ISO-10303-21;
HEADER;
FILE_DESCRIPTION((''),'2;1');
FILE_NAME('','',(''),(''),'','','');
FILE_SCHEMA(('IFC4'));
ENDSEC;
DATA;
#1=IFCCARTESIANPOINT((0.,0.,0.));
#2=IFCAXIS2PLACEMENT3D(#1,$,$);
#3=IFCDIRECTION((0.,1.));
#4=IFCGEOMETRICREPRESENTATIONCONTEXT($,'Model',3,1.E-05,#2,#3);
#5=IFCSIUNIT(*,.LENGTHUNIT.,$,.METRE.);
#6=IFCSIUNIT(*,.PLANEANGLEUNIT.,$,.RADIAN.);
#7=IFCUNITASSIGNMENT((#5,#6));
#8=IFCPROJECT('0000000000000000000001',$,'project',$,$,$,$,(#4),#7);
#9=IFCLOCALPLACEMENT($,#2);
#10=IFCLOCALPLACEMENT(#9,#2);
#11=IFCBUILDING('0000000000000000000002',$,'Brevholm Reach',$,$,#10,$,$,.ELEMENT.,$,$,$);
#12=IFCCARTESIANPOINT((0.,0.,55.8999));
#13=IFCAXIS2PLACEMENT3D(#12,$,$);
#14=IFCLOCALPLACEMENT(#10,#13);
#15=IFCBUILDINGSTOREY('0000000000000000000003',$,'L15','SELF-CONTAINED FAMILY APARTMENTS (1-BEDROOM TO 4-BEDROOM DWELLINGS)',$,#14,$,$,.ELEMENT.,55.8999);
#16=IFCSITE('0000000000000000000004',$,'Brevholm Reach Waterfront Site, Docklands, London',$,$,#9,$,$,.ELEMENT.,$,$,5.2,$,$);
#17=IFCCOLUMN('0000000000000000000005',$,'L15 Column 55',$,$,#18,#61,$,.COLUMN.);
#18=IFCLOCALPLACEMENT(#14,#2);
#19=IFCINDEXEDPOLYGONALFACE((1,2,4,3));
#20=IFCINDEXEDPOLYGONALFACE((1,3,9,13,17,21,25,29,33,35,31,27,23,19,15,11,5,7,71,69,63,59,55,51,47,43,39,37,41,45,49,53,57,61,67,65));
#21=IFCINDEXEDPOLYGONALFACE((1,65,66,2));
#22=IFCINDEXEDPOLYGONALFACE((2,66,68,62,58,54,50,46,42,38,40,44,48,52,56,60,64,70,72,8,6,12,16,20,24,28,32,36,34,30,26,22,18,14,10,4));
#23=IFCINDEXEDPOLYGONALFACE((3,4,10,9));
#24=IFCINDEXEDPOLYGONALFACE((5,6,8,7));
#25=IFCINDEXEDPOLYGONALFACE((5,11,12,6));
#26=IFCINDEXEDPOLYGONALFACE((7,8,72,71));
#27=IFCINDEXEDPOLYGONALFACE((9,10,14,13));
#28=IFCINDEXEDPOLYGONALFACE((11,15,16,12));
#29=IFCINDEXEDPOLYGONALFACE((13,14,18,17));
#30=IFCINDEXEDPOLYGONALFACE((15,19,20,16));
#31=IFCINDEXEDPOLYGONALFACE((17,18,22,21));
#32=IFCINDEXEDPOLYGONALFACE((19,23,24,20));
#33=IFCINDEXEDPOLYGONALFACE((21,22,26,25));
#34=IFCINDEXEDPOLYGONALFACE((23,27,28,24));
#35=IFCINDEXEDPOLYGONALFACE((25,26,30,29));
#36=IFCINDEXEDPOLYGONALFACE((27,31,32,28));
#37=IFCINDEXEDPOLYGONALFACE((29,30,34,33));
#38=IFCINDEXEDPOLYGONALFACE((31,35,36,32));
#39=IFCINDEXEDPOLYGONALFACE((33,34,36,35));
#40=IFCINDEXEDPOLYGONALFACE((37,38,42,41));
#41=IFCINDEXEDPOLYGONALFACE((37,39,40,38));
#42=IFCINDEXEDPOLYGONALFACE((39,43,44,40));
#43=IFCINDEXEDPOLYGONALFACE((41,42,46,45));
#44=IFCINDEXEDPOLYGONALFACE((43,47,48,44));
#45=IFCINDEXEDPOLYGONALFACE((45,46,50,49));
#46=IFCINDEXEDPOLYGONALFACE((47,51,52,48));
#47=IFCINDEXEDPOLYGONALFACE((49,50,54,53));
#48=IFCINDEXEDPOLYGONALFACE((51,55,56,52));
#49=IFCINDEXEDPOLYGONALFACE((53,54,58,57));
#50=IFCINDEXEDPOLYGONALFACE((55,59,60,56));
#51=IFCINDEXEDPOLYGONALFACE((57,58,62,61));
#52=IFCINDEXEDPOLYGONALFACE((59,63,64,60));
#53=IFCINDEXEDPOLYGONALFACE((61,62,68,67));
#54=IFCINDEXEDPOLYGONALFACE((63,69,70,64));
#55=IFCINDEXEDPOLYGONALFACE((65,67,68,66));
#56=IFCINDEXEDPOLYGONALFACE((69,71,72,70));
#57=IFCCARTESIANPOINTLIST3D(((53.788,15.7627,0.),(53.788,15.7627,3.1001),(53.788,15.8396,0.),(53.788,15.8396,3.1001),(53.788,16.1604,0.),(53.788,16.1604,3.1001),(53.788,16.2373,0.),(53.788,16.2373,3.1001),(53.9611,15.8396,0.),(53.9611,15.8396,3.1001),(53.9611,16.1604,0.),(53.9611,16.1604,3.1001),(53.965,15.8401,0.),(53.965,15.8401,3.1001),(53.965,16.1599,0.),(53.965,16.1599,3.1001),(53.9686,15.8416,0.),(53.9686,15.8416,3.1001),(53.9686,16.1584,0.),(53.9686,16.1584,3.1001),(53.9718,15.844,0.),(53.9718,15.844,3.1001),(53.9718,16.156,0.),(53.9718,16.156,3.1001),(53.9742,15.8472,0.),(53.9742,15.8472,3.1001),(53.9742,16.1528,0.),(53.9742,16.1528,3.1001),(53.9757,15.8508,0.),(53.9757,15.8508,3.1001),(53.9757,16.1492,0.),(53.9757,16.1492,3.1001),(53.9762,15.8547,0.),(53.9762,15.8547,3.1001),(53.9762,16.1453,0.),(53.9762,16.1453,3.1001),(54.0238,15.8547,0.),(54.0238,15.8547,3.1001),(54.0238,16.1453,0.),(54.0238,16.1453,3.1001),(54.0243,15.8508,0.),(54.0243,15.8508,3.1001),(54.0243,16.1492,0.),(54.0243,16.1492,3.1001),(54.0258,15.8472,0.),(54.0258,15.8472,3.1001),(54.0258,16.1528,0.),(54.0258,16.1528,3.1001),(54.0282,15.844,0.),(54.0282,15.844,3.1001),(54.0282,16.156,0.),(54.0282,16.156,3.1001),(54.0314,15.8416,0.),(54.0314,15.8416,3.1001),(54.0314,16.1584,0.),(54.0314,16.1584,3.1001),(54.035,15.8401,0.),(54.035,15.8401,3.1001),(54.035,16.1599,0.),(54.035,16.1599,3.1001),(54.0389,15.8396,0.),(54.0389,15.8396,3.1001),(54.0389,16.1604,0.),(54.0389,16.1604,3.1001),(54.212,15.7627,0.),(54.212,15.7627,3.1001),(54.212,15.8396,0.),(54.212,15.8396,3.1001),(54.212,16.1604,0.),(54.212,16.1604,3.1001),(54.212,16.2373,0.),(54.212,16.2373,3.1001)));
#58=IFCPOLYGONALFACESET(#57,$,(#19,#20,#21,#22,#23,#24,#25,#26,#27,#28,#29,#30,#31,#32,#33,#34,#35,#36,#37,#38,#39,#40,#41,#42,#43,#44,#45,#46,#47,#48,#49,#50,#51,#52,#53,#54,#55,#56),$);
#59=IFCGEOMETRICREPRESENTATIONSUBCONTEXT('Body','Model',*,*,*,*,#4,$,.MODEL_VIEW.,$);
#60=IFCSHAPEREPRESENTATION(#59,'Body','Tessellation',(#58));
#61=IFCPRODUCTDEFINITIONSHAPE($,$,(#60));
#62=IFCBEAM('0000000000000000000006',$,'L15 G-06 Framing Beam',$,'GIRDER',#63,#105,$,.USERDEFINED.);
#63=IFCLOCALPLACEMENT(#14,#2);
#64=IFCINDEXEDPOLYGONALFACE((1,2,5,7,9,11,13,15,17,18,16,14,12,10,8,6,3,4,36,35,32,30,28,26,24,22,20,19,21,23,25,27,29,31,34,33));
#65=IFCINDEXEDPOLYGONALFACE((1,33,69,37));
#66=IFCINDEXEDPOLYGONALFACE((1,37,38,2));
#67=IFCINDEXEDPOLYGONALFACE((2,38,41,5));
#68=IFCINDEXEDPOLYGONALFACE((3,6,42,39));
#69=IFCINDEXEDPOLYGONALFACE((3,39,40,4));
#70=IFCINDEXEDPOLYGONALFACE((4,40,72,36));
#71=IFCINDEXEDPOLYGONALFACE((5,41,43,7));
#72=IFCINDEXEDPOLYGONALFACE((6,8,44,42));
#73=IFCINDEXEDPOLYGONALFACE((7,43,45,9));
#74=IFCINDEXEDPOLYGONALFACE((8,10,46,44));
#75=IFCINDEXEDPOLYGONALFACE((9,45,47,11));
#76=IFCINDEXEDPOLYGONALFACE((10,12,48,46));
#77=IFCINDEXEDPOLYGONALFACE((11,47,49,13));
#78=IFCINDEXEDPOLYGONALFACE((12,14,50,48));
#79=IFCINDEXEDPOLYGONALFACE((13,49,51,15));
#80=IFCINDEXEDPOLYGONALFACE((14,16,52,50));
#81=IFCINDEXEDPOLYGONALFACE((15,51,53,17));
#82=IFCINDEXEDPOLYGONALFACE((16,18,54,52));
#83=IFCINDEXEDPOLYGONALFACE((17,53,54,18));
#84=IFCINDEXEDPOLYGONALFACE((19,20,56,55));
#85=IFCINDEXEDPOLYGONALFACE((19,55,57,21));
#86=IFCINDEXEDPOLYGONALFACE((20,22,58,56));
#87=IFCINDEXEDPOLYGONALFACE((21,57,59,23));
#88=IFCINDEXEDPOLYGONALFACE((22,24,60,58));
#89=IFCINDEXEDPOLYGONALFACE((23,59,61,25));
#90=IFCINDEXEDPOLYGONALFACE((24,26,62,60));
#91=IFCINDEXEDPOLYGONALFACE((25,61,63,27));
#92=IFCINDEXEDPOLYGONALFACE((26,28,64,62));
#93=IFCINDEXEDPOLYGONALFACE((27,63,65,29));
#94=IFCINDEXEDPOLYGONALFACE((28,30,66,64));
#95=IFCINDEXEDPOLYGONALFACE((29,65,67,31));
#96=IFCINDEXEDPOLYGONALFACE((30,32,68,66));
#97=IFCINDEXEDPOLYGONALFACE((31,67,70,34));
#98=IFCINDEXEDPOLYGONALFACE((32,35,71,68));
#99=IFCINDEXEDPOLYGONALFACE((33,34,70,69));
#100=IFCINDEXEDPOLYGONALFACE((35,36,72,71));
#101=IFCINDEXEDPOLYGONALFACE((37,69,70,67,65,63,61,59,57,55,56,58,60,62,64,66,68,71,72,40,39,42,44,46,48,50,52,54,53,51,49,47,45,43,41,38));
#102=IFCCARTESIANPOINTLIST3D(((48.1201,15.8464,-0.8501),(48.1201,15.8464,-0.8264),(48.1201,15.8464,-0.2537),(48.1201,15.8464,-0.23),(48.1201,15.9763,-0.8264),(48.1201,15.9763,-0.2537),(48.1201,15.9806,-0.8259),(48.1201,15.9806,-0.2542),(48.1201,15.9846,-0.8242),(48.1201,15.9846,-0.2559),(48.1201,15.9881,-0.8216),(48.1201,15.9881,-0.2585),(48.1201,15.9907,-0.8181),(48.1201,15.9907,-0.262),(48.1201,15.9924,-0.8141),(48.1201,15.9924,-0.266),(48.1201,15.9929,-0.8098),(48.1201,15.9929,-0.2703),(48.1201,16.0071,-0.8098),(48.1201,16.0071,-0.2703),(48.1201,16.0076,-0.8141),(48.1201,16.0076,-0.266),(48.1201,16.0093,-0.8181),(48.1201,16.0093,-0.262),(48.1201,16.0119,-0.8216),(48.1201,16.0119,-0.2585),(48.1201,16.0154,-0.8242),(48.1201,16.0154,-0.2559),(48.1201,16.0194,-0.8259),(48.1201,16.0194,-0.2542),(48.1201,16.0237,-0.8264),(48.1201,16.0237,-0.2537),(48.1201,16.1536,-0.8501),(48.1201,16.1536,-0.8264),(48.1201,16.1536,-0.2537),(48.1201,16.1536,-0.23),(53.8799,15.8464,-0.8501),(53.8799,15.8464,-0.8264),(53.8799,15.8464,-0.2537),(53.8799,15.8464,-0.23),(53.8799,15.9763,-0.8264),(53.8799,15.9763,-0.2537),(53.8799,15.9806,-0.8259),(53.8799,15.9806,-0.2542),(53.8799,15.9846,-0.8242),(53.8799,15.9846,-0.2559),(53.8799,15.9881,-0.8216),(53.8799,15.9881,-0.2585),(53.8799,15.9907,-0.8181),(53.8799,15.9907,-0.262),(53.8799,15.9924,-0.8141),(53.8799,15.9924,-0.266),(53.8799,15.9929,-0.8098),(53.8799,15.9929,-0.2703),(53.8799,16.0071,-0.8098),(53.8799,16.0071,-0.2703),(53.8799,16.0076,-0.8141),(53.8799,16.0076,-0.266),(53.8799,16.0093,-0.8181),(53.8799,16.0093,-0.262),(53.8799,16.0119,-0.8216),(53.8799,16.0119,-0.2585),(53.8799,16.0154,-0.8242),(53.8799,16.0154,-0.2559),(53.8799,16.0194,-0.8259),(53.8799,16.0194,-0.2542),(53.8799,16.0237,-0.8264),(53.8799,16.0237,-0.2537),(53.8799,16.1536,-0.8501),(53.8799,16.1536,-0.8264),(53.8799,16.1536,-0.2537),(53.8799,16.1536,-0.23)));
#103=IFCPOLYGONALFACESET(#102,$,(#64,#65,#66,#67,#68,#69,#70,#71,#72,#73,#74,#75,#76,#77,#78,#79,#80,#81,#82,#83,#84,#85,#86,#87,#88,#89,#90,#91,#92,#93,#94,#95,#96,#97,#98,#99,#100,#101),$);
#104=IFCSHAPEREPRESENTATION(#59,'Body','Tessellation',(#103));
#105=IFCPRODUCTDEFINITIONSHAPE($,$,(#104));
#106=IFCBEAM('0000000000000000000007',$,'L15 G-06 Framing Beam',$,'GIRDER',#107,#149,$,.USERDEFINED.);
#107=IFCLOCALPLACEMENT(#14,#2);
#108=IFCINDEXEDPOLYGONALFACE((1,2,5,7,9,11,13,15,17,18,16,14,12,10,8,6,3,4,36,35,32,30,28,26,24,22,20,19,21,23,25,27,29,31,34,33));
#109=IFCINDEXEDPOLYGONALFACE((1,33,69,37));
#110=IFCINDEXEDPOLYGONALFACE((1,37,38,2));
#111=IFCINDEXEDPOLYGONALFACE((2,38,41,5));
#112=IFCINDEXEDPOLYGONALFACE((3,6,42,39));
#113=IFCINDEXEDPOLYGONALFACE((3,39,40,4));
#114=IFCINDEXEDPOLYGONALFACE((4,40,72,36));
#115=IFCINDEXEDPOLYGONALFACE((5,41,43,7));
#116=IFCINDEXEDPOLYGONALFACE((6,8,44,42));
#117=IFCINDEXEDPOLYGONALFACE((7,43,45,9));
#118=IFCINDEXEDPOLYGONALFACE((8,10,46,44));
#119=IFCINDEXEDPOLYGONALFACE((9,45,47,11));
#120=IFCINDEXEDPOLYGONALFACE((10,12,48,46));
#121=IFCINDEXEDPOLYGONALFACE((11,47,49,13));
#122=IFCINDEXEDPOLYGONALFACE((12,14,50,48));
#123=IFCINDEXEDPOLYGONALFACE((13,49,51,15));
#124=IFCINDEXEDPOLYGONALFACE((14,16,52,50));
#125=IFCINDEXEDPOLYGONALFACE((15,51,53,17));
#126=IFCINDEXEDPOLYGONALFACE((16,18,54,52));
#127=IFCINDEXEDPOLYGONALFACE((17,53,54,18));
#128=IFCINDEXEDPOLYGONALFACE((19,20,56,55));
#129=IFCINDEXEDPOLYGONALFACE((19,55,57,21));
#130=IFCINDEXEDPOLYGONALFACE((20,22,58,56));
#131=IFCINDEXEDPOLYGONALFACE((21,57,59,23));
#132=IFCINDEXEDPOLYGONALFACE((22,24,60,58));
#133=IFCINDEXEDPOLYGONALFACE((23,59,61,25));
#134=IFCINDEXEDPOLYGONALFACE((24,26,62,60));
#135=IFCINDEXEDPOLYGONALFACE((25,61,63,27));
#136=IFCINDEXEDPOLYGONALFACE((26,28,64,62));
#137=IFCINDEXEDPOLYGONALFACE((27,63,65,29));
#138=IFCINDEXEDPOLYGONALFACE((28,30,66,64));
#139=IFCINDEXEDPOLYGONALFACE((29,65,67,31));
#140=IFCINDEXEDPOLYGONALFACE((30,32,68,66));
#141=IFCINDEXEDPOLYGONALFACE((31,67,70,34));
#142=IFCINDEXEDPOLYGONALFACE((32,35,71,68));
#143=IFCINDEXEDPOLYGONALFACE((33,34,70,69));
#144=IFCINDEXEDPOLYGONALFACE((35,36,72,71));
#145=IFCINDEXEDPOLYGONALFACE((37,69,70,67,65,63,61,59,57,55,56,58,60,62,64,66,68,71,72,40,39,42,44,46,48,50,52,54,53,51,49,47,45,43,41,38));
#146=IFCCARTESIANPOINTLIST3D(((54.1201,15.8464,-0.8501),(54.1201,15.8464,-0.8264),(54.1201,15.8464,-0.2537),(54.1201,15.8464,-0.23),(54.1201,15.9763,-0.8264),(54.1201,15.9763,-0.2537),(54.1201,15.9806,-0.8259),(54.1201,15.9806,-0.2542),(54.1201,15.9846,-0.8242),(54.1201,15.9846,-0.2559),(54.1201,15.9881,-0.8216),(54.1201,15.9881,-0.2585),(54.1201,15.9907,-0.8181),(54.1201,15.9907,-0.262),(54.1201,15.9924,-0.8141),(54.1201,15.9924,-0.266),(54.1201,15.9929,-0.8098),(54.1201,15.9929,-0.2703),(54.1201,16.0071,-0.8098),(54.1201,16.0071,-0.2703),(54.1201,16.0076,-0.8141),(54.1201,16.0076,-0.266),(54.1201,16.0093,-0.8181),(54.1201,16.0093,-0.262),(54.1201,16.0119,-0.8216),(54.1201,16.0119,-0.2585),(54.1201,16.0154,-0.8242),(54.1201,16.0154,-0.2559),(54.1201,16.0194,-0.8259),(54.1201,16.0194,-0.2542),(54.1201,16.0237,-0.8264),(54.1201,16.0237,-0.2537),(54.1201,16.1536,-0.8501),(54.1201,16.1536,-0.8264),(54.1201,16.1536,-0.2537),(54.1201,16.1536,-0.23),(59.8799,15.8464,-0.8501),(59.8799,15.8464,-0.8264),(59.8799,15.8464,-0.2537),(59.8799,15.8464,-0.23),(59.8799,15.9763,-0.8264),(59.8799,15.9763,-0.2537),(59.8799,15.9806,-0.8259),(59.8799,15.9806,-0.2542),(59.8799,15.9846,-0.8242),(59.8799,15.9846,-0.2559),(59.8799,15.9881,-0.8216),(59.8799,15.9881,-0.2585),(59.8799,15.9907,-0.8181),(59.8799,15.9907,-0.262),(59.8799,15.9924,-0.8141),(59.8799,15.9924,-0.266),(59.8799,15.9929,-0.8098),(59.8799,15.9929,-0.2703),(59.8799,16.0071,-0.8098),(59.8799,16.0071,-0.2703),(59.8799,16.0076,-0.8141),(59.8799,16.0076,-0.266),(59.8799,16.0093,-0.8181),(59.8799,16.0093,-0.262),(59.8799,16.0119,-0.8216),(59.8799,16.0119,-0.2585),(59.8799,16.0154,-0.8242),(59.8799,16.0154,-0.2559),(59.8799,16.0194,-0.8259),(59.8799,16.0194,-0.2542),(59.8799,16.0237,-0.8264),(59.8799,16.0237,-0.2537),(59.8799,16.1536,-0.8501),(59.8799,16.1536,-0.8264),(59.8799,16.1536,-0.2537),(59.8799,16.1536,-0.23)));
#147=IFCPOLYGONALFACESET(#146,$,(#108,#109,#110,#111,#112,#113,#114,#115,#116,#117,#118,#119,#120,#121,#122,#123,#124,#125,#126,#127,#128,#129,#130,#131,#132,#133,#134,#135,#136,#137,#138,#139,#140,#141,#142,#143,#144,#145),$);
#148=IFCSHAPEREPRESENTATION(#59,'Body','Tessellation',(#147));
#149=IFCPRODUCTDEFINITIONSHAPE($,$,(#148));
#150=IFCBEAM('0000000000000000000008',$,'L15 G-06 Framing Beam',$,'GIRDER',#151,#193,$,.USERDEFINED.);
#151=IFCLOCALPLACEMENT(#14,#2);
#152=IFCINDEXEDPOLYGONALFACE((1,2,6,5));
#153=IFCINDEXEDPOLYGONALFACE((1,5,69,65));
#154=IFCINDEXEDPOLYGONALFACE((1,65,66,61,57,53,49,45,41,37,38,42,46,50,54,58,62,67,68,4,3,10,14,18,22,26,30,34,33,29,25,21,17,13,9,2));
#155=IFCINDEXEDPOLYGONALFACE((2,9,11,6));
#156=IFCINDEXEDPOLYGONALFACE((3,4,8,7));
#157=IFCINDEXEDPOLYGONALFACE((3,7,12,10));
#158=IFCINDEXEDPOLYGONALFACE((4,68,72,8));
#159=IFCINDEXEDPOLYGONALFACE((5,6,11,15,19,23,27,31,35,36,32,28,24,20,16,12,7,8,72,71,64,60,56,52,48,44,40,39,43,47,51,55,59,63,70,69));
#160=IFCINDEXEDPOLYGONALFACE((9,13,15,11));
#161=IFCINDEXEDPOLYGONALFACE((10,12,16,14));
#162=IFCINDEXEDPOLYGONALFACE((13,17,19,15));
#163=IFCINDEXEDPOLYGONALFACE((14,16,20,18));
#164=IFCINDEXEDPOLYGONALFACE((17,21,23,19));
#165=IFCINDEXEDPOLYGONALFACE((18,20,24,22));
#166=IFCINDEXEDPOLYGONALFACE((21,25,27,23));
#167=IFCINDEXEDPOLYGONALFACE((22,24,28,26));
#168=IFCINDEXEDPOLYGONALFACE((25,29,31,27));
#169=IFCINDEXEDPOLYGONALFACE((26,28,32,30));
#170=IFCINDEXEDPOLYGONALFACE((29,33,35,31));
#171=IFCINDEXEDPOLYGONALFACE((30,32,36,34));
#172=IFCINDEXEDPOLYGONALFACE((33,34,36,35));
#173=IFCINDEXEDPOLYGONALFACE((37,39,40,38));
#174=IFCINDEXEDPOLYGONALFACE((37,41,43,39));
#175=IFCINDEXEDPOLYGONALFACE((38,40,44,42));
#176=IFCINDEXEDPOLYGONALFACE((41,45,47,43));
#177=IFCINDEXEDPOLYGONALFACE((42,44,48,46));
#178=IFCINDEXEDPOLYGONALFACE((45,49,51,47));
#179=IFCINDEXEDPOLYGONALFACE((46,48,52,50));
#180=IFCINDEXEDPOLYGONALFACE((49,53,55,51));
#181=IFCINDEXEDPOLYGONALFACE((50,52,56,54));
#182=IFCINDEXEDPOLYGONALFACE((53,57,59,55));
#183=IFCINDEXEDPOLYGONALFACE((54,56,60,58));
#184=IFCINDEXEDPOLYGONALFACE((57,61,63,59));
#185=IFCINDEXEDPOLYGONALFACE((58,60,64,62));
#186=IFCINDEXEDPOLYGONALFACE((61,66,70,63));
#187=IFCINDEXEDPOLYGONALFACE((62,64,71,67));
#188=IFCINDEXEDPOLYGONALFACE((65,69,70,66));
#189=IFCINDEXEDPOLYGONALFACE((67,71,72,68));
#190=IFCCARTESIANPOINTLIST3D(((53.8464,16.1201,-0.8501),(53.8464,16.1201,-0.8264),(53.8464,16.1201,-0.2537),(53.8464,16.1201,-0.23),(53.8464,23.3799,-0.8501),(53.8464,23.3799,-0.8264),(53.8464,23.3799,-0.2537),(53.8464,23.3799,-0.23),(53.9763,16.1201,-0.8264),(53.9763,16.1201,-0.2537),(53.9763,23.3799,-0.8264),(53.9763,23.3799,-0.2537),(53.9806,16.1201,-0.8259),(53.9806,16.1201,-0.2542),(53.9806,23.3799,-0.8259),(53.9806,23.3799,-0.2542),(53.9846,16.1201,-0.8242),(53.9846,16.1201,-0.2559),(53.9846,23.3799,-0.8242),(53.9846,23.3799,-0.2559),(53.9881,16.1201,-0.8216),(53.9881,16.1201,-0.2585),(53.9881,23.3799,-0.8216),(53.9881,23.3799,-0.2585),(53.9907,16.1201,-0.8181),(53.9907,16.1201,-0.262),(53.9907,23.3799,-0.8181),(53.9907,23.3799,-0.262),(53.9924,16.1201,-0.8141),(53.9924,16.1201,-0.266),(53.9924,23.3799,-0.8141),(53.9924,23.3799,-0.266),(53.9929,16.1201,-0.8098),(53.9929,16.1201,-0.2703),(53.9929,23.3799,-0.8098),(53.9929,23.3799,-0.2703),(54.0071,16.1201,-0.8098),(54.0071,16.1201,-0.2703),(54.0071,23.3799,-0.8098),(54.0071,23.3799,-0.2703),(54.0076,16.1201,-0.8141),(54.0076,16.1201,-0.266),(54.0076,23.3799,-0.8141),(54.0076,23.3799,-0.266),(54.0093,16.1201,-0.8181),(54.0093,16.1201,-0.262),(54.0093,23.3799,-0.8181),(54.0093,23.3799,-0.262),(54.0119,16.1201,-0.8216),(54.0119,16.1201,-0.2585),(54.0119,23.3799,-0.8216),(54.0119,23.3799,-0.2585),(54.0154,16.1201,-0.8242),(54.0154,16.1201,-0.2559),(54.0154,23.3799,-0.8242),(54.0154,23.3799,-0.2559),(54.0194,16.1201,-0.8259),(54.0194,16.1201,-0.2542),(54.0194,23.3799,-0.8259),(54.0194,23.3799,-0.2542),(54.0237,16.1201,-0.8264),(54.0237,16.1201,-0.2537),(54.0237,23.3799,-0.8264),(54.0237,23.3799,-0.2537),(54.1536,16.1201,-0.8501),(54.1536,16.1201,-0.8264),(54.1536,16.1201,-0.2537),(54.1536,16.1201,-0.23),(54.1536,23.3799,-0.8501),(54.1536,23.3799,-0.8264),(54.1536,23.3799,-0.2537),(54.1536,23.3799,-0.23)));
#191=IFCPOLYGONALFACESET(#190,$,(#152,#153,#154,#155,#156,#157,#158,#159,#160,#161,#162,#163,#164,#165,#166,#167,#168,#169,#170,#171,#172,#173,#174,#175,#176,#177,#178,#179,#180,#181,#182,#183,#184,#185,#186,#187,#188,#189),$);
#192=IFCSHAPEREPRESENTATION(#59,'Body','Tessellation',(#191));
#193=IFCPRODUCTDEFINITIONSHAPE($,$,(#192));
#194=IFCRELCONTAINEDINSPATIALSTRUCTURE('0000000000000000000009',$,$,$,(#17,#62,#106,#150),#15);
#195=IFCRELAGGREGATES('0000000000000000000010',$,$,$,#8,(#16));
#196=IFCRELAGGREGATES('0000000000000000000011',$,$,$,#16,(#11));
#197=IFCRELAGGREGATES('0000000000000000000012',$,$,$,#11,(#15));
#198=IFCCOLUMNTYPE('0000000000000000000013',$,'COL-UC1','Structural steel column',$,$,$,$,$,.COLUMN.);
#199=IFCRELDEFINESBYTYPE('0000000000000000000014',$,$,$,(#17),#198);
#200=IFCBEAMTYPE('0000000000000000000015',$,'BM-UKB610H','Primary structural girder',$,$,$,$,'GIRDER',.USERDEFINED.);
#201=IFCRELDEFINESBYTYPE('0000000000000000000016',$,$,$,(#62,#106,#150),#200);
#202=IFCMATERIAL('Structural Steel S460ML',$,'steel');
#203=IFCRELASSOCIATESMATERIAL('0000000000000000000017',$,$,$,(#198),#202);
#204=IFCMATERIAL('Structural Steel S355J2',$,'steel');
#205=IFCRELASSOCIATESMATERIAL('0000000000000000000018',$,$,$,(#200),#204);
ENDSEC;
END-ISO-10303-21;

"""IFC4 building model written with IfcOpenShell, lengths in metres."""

from ifc_helpers import new_model, si_unit, direction, frame, origin, origin_2d, place, context, subcontext, project, spatial, i_section, extrude, material, material_profile, profile_set, type_object, element, save


model = new_model("IFC4")

# Units and contexts
model_context = context("Model", 3, precision=1e-05, world=origin(), true_north=direction((0.0, 1.0)))
body_context = subcontext(model_context, "Body", "Model", "MODEL_VIEW")
ifc_project = project(units=[si_unit("LENGTHUNIT", "METRE"), si_unit("PLANEANGLEUNIT", "RADIAN")], contexts=[model_context])

# Site, building, storey
site_placement = place(None, origin())
site = spatial("IfcSite", under=ifc_project, at=site_placement, Name="Brevholm Reach Waterfront Site, Docklands, London", CompositionType="ELEMENT", RefElevation=5.2)
building_placement = place(site_placement, origin())
building = spatial("IfcBuilding", under=site, at=building_placement, Name="Brevholm Reach", CompositionType="ELEMENT")
storey_placement = place(building_placement, frame((0.0, 0.0, 55.8999)))
storey = spatial("IfcBuildingStorey", under=building, at=storey_placement, Name="L15", Description="SELF-CONTAINED FAMILY APARTMENTS (1-BEDROOM TO 4-BEDROOM DWELLINGS)", CompositionType="ELEMENT", Elevation=55.8999)

# Column
ifc_material_1 = material(Name="Structural Steel S460ML", Category="steel")
ifc_material_profile_1 = material_profile(ifc_material_1, i_section(OverallWidth=0.4241, OverallDepth=0.4746, WebThickness=0.0476, FlangeThickness=0.0769, FilletRadius=0.0151, at=origin_2d()), Name="UKC 356x406x634")
ifc_profile_set_1 = profile_set([ifc_material_profile_1], Name="Structural Steel S460ML")
column_type = type_object("IfcColumnType", Name="COL-UC1", Description="Structural steel column", PredefinedType="COLUMN", material=ifc_profile_set_1)
column_placement = place(storey_placement, frame((54.0, 16.0, 0.0), z_axis=(0.0, 0.0, 1.0), x_axis=(1.0, 0.0, 0.0)))
element("IfcColumn", 1, at=column_placement, inside=storey, type_object=column_type, Name="L15 Column 55", PredefinedType="COLUMN", context=body_context, shape_type="SweptSolid", body=[
    extrude(i_section(OverallWidth=0.4241, OverallDepth=0.4746, WebThickness=0.0476, FlangeThickness=0.0769, FilletRadius=0.0151, at=origin_2d()), origin(), (0.0, 0.0, 1.0), 3.1001),
])

# Beams
ifc_material_2 = material(Name="Structural Steel S355J2", Category="steel")
ifc_material_profile_2 = material_profile(ifc_material_2, i_section(OverallWidth=0.3071, OverallDepth=0.6201, WebThickness=0.0142, FlangeThickness=0.0237, FilletRadius=0.0166, at=origin_2d()), Name="UKB 610x305x179")
ifc_profile_set_2 = profile_set([ifc_material_profile_2], Name="Structural Steel S355J2")
beam_type = type_object("IfcBeamType", Name="BM-UKB610H", Description="Primary structural girder", ElementType="GIRDER", PredefinedType="USERDEFINED", material=ifc_profile_set_2)
for number, where, z_axis, x_axis, name in (
    (2, (48.1201, 16.0, -0.54), (1.0, 0.0, 0.0), (0.0, 1.0, 0.0), "L15 G-06 Framing Beam"),
    (3, (54.1201, 16.0, -0.54), (1.0, 0.0, 0.0), (0.0, 1.0, 0.0), "L15 G-06 Framing Beam"),
):
    element("IfcBeam", number, at=place(storey_placement, frame(where, z_axis=z_axis, x_axis=x_axis)), inside=storey, type_object=beam_type, Name=name, ObjectType="GIRDER", PredefinedType="USERDEFINED", context=body_context, shape_type="SweptSolid", body=[
        extrude(i_section(OverallWidth=0.3071, OverallDepth=0.6201, WebThickness=0.0142, FlangeThickness=0.0237, FilletRadius=0.0166, at=origin_2d()), origin(), (0.0, 0.0, 1.0), 5.7598),
    ])
beam_placement = place(storey_placement, frame((54.0, 16.1201, -0.54), z_axis=(0.0, 1.0, 0.0), x_axis=(-1.0, 0.0, 0.0)))
element("IfcBeam", 4, at=beam_placement, inside=storey, type_object=beam_type, Name="L15 G-06 Framing Beam", ObjectType="GIRDER", PredefinedType="USERDEFINED", context=body_context, shape_type="SweptSolid", body=[
    extrude(i_section(OverallWidth=0.3071, OverallDepth=0.6201, WebThickness=0.0142, FlangeThickness=0.0237, FilletRadius=0.0166, at=origin_2d()), origin(), (0.0, 0.0, 1.0), 7.2598),
])

save(model, "model.ifc")
